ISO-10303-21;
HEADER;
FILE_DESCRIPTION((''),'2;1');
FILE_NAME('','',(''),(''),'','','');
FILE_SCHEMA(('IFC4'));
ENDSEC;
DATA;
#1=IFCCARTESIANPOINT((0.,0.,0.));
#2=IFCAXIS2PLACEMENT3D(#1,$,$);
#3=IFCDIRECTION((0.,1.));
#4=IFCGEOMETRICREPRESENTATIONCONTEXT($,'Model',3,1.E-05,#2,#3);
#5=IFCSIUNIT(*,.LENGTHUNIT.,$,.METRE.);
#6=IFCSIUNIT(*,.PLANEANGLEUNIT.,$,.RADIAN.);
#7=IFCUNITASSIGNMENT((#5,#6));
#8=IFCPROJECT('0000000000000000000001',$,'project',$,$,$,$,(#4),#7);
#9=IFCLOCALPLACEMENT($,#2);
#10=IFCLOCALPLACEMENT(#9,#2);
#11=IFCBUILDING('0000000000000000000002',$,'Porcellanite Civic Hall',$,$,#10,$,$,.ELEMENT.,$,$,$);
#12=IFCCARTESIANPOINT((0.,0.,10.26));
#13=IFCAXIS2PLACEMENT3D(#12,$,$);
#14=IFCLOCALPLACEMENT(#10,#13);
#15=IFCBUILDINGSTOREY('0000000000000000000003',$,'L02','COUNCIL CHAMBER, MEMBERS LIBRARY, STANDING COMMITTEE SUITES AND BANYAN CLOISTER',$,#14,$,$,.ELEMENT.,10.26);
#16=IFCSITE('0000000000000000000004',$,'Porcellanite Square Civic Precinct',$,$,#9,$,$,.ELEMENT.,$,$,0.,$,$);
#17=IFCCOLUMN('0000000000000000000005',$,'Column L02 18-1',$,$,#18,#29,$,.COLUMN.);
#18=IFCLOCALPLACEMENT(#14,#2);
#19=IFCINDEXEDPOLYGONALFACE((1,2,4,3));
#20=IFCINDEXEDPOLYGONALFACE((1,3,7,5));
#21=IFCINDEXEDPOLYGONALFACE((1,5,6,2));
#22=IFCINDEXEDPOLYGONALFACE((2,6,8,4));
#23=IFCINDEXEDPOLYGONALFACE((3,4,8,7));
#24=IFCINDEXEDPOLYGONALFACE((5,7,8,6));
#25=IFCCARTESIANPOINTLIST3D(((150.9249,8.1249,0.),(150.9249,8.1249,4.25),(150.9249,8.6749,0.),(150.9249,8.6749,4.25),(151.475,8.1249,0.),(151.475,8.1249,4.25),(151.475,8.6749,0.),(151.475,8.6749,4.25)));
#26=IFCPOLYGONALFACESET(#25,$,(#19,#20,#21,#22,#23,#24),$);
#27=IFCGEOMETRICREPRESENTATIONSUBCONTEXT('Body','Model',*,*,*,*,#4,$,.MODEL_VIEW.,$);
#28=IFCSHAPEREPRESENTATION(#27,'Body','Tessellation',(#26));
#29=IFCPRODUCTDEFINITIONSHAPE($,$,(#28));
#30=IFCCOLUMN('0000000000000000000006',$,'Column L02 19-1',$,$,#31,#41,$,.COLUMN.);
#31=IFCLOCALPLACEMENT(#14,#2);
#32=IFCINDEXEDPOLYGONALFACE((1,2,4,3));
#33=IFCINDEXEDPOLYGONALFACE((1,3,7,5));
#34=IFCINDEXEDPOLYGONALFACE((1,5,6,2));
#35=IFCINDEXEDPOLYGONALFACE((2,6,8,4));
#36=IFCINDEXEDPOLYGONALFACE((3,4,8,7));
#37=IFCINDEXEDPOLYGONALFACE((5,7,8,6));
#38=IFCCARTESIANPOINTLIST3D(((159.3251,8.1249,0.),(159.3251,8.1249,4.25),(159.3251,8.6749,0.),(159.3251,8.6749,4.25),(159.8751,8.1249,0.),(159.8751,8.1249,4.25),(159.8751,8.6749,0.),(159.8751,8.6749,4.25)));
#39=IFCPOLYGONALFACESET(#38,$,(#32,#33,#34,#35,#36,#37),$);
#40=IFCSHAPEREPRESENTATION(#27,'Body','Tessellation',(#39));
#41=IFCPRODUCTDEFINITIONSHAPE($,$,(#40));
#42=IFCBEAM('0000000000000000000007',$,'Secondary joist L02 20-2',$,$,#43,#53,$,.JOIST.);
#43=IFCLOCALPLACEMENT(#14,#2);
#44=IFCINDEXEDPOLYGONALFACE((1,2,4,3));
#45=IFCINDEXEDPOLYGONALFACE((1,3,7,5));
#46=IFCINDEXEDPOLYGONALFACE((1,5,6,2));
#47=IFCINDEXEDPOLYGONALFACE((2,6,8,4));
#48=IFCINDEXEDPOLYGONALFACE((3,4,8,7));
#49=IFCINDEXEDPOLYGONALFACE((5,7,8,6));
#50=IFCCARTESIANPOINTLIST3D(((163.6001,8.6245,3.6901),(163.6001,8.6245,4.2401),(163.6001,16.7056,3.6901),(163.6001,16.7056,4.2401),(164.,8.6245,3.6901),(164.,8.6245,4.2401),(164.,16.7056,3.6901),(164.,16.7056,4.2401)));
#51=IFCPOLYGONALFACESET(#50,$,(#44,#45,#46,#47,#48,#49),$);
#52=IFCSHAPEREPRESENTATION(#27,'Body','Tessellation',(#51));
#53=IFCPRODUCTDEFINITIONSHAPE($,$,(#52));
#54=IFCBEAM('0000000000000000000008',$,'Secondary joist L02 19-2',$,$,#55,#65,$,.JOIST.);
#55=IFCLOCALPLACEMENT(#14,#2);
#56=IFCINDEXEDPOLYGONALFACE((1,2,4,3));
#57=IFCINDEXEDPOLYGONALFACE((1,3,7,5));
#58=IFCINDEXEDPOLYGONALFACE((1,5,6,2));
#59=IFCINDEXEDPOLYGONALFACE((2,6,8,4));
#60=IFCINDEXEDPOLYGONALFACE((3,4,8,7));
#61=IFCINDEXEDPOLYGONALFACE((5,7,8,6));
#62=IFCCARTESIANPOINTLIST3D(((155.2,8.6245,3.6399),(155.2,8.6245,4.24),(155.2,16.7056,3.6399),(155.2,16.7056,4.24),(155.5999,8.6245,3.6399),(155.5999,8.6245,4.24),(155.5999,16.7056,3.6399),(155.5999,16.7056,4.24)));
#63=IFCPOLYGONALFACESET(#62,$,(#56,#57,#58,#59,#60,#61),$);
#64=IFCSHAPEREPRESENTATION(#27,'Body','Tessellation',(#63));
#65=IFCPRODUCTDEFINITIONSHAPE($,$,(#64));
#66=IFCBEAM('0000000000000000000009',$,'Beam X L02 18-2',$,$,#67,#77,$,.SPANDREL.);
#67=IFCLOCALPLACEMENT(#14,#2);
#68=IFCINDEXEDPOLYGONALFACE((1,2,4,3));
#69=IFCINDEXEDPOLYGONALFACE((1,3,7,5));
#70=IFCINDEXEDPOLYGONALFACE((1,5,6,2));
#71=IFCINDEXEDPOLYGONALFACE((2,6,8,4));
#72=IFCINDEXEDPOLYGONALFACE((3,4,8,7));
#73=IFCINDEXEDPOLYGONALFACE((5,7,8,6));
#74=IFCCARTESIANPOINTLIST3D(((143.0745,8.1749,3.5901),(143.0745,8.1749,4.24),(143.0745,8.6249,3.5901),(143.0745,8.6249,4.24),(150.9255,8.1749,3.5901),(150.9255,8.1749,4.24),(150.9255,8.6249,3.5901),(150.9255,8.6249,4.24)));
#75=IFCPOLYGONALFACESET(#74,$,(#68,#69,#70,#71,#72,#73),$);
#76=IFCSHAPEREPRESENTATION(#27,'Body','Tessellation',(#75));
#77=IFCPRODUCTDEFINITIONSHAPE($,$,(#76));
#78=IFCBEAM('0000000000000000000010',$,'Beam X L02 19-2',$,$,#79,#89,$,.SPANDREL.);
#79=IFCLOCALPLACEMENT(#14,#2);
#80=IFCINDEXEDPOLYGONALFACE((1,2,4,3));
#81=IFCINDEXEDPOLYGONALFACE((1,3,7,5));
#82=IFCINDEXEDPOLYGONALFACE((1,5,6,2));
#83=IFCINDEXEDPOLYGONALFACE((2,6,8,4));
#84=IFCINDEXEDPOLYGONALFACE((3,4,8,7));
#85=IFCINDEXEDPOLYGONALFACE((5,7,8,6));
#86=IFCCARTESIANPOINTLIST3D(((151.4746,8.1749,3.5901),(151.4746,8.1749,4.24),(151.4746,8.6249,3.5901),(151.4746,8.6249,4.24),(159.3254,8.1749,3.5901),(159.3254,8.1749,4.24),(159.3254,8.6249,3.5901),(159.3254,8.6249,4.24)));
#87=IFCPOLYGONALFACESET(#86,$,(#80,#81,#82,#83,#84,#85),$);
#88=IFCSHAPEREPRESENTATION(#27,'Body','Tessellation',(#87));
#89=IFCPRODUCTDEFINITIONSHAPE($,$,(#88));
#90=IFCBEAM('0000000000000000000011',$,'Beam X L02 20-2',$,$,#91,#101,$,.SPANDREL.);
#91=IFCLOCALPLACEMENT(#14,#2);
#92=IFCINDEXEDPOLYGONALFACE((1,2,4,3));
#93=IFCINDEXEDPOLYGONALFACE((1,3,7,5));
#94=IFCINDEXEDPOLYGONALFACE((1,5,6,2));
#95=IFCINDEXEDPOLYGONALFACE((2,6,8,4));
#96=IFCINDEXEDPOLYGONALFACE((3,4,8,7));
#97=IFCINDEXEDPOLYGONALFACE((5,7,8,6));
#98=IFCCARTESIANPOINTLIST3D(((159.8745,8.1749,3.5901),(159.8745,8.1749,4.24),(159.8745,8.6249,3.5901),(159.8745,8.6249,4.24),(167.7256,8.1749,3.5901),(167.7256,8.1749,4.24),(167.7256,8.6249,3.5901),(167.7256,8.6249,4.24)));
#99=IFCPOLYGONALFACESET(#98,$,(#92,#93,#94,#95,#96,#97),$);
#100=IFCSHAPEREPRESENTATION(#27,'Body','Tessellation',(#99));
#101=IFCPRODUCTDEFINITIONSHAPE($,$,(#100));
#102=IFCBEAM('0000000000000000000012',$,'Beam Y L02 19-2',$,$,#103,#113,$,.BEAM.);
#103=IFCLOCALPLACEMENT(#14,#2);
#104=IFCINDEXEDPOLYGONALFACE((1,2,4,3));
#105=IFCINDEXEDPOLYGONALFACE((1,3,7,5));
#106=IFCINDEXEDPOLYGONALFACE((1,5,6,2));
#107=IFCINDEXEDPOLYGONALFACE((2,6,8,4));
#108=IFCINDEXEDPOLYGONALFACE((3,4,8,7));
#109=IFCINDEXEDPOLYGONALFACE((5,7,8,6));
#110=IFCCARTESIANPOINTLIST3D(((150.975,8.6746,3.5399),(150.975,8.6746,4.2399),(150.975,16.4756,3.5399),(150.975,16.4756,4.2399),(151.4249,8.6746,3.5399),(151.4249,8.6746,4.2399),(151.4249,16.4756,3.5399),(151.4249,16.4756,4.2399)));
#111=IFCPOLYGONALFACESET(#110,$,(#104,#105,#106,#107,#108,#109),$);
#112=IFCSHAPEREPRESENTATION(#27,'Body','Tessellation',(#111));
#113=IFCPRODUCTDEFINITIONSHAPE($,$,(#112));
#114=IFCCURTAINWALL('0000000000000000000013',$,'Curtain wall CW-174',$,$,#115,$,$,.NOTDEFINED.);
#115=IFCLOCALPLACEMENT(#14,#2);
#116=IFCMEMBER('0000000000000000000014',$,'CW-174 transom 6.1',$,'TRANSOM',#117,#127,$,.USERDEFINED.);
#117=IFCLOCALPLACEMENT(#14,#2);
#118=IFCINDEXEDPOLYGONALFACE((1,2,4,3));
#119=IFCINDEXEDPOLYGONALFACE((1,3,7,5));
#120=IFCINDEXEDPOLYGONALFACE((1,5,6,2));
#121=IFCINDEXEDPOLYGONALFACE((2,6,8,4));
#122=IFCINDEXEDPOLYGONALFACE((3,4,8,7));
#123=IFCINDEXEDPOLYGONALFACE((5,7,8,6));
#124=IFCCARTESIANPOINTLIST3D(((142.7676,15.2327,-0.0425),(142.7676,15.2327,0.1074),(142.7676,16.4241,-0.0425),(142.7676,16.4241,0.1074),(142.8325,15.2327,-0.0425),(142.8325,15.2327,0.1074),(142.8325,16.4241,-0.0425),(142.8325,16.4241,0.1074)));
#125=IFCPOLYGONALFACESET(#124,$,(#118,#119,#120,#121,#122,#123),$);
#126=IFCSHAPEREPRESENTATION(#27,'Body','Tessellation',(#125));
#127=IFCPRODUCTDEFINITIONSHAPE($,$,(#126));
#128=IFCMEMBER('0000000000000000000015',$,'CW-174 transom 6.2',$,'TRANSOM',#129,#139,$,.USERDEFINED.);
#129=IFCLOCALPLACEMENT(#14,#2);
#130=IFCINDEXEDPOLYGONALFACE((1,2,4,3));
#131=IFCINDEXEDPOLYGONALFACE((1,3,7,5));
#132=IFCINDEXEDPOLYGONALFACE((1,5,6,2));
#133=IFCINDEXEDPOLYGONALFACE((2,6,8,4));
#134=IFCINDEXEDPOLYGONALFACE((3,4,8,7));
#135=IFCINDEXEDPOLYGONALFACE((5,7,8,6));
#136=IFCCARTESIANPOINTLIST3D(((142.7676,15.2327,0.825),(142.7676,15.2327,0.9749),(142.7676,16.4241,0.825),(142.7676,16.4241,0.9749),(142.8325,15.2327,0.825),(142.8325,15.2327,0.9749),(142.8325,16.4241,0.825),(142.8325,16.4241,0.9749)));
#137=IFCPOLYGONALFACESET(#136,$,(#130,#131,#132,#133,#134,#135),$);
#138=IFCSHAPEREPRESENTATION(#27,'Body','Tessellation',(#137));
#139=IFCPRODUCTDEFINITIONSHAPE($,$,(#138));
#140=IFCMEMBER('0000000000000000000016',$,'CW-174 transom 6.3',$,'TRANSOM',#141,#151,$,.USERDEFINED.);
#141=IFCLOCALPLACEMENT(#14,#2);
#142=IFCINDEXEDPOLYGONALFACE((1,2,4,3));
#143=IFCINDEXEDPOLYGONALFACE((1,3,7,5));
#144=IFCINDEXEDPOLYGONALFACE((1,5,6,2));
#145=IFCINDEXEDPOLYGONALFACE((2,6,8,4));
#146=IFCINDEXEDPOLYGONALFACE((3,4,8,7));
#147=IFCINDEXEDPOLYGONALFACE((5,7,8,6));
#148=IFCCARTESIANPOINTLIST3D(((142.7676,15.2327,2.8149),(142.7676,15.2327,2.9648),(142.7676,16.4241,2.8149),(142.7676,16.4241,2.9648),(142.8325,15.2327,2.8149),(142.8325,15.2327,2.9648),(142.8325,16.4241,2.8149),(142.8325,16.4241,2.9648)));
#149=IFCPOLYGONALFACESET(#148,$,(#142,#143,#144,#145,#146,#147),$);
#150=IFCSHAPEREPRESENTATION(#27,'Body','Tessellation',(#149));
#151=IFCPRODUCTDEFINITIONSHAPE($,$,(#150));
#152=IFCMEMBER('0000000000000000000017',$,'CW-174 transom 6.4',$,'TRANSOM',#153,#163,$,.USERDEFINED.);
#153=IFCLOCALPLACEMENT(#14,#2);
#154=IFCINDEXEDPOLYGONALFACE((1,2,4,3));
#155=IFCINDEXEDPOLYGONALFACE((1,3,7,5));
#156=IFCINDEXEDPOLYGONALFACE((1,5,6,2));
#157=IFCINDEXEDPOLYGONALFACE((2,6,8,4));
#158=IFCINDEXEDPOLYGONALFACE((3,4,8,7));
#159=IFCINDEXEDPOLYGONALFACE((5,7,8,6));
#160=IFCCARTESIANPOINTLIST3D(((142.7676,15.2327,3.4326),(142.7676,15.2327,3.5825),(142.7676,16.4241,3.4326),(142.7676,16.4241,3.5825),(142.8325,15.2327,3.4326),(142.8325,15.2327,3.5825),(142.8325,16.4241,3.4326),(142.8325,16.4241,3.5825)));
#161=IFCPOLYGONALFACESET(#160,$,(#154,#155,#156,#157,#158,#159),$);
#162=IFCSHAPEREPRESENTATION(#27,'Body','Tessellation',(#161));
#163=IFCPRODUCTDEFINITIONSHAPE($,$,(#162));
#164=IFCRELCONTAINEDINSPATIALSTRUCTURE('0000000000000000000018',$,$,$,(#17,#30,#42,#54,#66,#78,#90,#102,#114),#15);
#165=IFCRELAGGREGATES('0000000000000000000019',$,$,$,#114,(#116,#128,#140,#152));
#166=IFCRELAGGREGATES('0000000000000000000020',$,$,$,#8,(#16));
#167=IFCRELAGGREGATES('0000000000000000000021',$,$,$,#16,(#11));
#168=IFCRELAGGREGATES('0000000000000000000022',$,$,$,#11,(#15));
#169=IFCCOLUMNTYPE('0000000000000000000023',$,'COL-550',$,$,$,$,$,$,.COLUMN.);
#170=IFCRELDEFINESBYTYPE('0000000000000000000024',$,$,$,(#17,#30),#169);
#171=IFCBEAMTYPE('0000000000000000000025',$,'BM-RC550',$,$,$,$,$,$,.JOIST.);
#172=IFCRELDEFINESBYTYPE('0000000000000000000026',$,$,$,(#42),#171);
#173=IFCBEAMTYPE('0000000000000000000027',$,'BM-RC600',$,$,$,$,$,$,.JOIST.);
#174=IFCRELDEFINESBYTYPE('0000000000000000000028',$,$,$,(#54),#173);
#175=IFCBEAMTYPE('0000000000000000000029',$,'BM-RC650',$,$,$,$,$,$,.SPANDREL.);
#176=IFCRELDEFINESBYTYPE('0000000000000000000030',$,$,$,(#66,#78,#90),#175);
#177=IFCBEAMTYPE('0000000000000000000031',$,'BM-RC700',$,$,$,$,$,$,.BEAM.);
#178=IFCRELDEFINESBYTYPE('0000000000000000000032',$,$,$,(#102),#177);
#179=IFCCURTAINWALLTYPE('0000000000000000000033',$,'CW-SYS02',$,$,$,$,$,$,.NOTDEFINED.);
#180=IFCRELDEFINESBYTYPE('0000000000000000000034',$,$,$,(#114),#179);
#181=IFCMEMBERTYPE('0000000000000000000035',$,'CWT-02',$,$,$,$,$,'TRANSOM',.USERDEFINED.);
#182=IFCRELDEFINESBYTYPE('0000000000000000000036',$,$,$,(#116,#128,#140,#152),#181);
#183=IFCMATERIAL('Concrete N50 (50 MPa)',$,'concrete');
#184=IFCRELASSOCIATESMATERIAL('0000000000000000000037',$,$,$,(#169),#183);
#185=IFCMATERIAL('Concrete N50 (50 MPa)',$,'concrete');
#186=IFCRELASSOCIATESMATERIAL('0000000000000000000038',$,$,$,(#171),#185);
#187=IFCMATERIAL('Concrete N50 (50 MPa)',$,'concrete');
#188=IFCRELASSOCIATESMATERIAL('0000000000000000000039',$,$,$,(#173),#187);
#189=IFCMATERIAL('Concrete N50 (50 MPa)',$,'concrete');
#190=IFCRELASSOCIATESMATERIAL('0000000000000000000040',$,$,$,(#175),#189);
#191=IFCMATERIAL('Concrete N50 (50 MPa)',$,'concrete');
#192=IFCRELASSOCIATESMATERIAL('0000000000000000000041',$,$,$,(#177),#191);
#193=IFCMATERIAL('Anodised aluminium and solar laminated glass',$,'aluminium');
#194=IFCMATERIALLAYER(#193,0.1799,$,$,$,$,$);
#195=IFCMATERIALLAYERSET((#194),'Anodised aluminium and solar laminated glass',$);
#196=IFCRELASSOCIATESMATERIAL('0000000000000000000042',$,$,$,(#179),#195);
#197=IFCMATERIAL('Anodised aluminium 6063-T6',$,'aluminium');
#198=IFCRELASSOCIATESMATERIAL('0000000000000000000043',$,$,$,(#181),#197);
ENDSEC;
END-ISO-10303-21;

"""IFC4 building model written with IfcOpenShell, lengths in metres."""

from ifc_helpers import new_model, si_unit, direction, frame, origin, origin_2d, place, context, subcontext, project, spatial, rectangle, extrude, material, layer, layer_set, material_profile, profile_set, type_object, element, aggregate, save


model = new_model("IFC4")

# Units and contexts
model_context = context("Model", 3, precision=1e-05, world=origin(), true_north=direction((0.0, 1.0)))
body_context = subcontext(model_context, "Body", "Model", "MODEL_VIEW")
ifc_project = project(units=[si_unit("LENGTHUNIT", "METRE"), si_unit("PLANEANGLEUNIT", "RADIAN")], contexts=[model_context])

# Site, building, storey
site_placement = place(None, origin())
site = spatial("IfcSite", under=ifc_project, at=site_placement, Name="Porcellanite Square Civic Precinct", CompositionType="ELEMENT", RefElevation=0.0)
building_placement = place(site_placement, origin())
building = spatial("IfcBuilding", under=site, at=building_placement, Name="Porcellanite Civic Hall", CompositionType="ELEMENT")
storey_placement = place(building_placement, frame((0.0, 0.0, 10.26)))
storey = spatial("IfcBuildingStorey", under=building, at=storey_placement, Name="L02", Description="COUNCIL CHAMBER, MEMBERS LIBRARY, STANDING COMMITTEE SUITES AND BANYAN CLOISTER", CompositionType="ELEMENT", Elevation=10.26)

# Columns
ifc_material_1 = material(Name="Concrete N50 (50 MPa)", Category="concrete")
ifc_material_profile_1 = material_profile(ifc_material_1, rectangle(XDim=0.55, YDim=0.55, at=origin_2d()), Name="RC-550x550")
ifc_profile_set_1 = profile_set([ifc_material_profile_1], Name="Concrete N50 (50 MPa)")
column_type = type_object("IfcColumnType", Name="COL-550", PredefinedType="COLUMN", material=ifc_profile_set_1)
for number, where, z_axis, x_axis, name in (
    (1, (151.2, 8.3999, 0.0), (0.0, 0.0, 1.0), (1.0, 0.0, 0.0), "Column L02 18-1"),
    (2, (159.6001, 8.3999, 0.0), (0.0, 0.0, 1.0), (1.0, 0.0, 0.0), "Column L02 19-1"),
):
    element("IfcColumn", number, at=place(storey_placement, frame(where, z_axis=z_axis, x_axis=x_axis)), inside=storey, type_object=column_type, Name=name, PredefinedType="COLUMN", context=body_context, shape_type="SweptSolid", body=[
        extrude(rectangle(XDim=0.55, YDim=0.55, at=origin_2d()), origin(), (0.0, 0.0, 1.0), 4.25),
    ])

# Beams
ifc_material_2 = material(Name="Concrete N50 (50 MPa)", Category="concrete")
ifc_material_profile_2 = material_profile(ifc_material_2, rectangle(XDim=0.3999, YDim=0.55, at=origin_2d()), Name="RC-400x550")
ifc_profile_set_2 = profile_set([ifc_material_profile_2], Name="Concrete N50 (50 MPa)")
beam_type_1 = type_object("IfcBeamType", Name="BM-RC550", PredefinedType="JOIST", material=ifc_profile_set_2)
beam_1_placement = place(storey_placement, frame((163.8, 8.6245, 3.9651), z_axis=(0.0, 1.0, 0.0), x_axis=(-1.0, 0.0, 0.0)))
element("IfcBeam", 3, at=beam_1_placement, inside=storey, type_object=beam_type_1, Name="Secondary joist L02 20-2", PredefinedType="JOIST", context=body_context, shape_type="SweptSolid", body=[
    extrude(rectangle(XDim=0.3999, YDim=0.55, at=origin_2d()), origin(), (0.0, 0.0, 1.0), 8.0811),
])
ifc_material_3 = material(Name="Concrete N50 (50 MPa)", Category="concrete")
ifc_material_profile_3 = material_profile(ifc_material_3, rectangle(XDim=0.3999, YDim=0.6001, at=origin_2d()), Name="RC-400x600")
ifc_profile_set_3 = profile_set([ifc_material_profile_3], Name="Concrete N50 (50 MPa)")
beam_type_2 = type_object("IfcBeamType", Name="BM-RC600", PredefinedType="JOIST", material=ifc_profile_set_3)
beam_2_placement = place(storey_placement, frame((155.3999, 8.6245, 3.9399), z_axis=(0.0, 1.0, 0.0), x_axis=(-1.0, 0.0, 0.0)))
element("IfcBeam", 4, at=beam_2_placement, inside=storey, type_object=beam_type_2, Name="Secondary joist L02 19-2", PredefinedType="JOIST", context=body_context, shape_type="SweptSolid", body=[
    extrude(rectangle(XDim=0.3999, YDim=0.6001, at=origin_2d()), origin(), (0.0, 0.0, 1.0), 8.0811),
])
ifc_material_4 = material(Name="Concrete N50 (50 MPa)", Category="concrete")
ifc_material_profile_4 = material_profile(ifc_material_4, rectangle(XDim=0.45, YDim=0.6499, at=origin_2d()), Name="RC-450x650")
ifc_profile_set_4 = profile_set([ifc_material_profile_4], Name="Concrete N50 (50 MPa)")
beam_type_3 = type_object("IfcBeamType", Name="BM-RC650", PredefinedType="SPANDREL", material=ifc_profile_set_4)
beam_3_placement = place(storey_placement, frame((143.0745, 8.3999, 3.915), z_axis=(1.0, 0.0, 0.0), x_axis=(0.0, 1.0, 0.0)))
element("IfcBeam", 5, at=beam_3_placement, inside=storey, type_object=beam_type_3, Name="Beam X L02 18-2", PredefinedType="SPANDREL", context=body_context, shape_type="SweptSolid", body=[
    extrude(rectangle(XDim=0.45, YDim=0.6499, at=origin_2d()), origin(), (0.0, 0.0, 1.0), 7.8511),
])
beam_4_placement = place(storey_placement, frame((151.4746, 8.3999, 3.915), z_axis=(1.0, 0.0, 0.0), x_axis=(0.0, 1.0, 0.0)))
element("IfcBeam", 6, at=beam_4_placement, inside=storey, type_object=beam_type_3, Name="Beam X L02 19-2", PredefinedType="SPANDREL", context=body_context, shape_type="SweptSolid", body=[
    extrude(rectangle(XDim=0.45, YDim=0.6499, at=origin_2d()), origin(), (0.0, 0.0, 1.0), 7.8508),
])
beam_5_placement = place(storey_placement, frame((159.8745, 8.3999, 3.915), z_axis=(1.0, 0.0, 0.0), x_axis=(0.0, 1.0, 0.0)))
element("IfcBeam", 7, at=beam_5_placement, inside=storey, type_object=beam_type_3, Name="Beam X L02 20-2", PredefinedType="SPANDREL", context=body_context, shape_type="SweptSolid", body=[
    extrude(rectangle(XDim=0.45, YDim=0.6499, at=origin_2d()), origin(), (0.0, 0.0, 1.0), 7.8511),
])
ifc_material_5 = material(Name="Concrete N50 (50 MPa)", Category="concrete")
ifc_material_profile_5 = material_profile(ifc_material_5, rectangle(XDim=0.45, YDim=0.7, at=origin_2d()), Name="RC-450x700")
ifc_profile_set_5 = profile_set([ifc_material_profile_5], Name="Concrete N50 (50 MPa)")
beam_type_4 = type_object("IfcBeamType", Name="BM-RC700", PredefinedType="BEAM", material=ifc_profile_set_5)
beam_6_placement = place(storey_placement, frame((151.2, 8.6746, 3.8899), z_axis=(0.0, 1.0, 0.0), x_axis=(-1.0, 0.0, 0.0)))
element("IfcBeam", 8, at=beam_6_placement, inside=storey, type_object=beam_type_4, Name="Beam Y L02 19-2", PredefinedType="BEAM", context=body_context, shape_type="SweptSolid", body=[
    extrude(rectangle(XDim=0.45, YDim=0.7, at=origin_2d()), origin(), (0.0, 0.0, 1.0), 7.801),
])

# Curtain wall, members
ifc_material_6 = material(Name="Anodised aluminium and solar laminated glass", Category="aluminium")
ifc_layer_1 = layer(ifc_material_6, 0.1799)
ifc_layer_set_1 = layer_set([ifc_layer_1], Name="Anodised aluminium and solar laminated glass")
curtain_wall_type = type_object("IfcCurtainWallType", Name="CW-SYS02", PredefinedType="NOTDEFINED", material=ifc_layer_set_1)
curtain_wall_placement = place(storey_placement, origin())
curtain_wall = element("IfcCurtainWall", 9, at=curtain_wall_placement, inside=storey, type_object=curtain_wall_type, Name="Curtain wall CW-174", PredefinedType="NOTDEFINED")
ifc_material_7 = material(Name="Anodised aluminium 6063-T6", Category="aluminium")
ifc_material_profile_6 = material_profile(ifc_material_7, rectangle(XDim=0.0649, YDim=0.1499, at=origin_2d()), Name="AL-65x150")
ifc_profile_set_6 = profile_set([ifc_material_profile_6], Name="Anodised aluminium 6063-T6")
member_type = type_object("IfcMemberType", Name="CWT-02", ElementType="TRANSOM", PredefinedType="USERDEFINED", material=ifc_profile_set_6)
member_1_placement = place(storey_placement, frame((142.8, 15.2327, 0.0325), z_axis=(0.0, 1.0, 0.0), x_axis=(-1.0, 0.0, 0.0)))
member_1 = element("IfcMember", 10, at=member_1_placement, type_object=member_type, Name="CW-174 transom 6.1", ObjectType="TRANSOM", PredefinedType="USERDEFINED", context=body_context, shape_type="SweptSolid", body=[
    extrude(rectangle(XDim=0.0649, YDim=0.1499, at=origin_2d()), origin(), (0.0, 0.0, 1.0), 1.1914),
])
member_2_placement = place(storey_placement, frame((142.8, 15.2327, 0.8999), z_axis=(0.0, 1.0, 0.0), x_axis=(-1.0, 0.0, 0.0)))
member_2 = element("IfcMember", 11, at=member_2_placement, type_object=member_type, Name="CW-174 transom 6.2", ObjectType="TRANSOM", PredefinedType="USERDEFINED", context=body_context, shape_type="SweptSolid", body=[
    extrude(rectangle(XDim=0.0649, YDim=0.1499, at=origin_2d()), origin(), (0.0, 0.0, 1.0), 1.1914),
])
member_3_placement = place(storey_placement, frame((142.8, 15.2327, 2.8899), z_axis=(0.0, 1.0, 0.0), x_axis=(-1.0, 0.0, 0.0)))
member_3 = element("IfcMember", 12, at=member_3_placement, type_object=member_type, Name="CW-174 transom 6.3", ObjectType="TRANSOM", PredefinedType="USERDEFINED", context=body_context, shape_type="SweptSolid", body=[
    extrude(rectangle(XDim=0.0649, YDim=0.1499, at=origin_2d()), origin(), (0.0, 0.0, 1.0), 1.1914),
])
member_4_placement = place(storey_placement, frame((142.8, 15.2327, 3.5076), z_axis=(0.0, 1.0, 0.0), x_axis=(-1.0, 0.0, 0.0)))
member_4 = element("IfcMember", 13, at=member_4_placement, type_object=member_type, Name="CW-174 transom 6.4", ObjectType="TRANSOM", PredefinedType="USERDEFINED", context=body_context, shape_type="SweptSolid", body=[
    extrude(rectangle(XDim=0.0649, YDim=0.1499, at=origin_2d()), origin(), (0.0, 0.0, 1.0), 1.1914),
])

aggregate(curtain_wall, [member_1, member_2, member_3, member_4])

save(model, "model.ifc")
